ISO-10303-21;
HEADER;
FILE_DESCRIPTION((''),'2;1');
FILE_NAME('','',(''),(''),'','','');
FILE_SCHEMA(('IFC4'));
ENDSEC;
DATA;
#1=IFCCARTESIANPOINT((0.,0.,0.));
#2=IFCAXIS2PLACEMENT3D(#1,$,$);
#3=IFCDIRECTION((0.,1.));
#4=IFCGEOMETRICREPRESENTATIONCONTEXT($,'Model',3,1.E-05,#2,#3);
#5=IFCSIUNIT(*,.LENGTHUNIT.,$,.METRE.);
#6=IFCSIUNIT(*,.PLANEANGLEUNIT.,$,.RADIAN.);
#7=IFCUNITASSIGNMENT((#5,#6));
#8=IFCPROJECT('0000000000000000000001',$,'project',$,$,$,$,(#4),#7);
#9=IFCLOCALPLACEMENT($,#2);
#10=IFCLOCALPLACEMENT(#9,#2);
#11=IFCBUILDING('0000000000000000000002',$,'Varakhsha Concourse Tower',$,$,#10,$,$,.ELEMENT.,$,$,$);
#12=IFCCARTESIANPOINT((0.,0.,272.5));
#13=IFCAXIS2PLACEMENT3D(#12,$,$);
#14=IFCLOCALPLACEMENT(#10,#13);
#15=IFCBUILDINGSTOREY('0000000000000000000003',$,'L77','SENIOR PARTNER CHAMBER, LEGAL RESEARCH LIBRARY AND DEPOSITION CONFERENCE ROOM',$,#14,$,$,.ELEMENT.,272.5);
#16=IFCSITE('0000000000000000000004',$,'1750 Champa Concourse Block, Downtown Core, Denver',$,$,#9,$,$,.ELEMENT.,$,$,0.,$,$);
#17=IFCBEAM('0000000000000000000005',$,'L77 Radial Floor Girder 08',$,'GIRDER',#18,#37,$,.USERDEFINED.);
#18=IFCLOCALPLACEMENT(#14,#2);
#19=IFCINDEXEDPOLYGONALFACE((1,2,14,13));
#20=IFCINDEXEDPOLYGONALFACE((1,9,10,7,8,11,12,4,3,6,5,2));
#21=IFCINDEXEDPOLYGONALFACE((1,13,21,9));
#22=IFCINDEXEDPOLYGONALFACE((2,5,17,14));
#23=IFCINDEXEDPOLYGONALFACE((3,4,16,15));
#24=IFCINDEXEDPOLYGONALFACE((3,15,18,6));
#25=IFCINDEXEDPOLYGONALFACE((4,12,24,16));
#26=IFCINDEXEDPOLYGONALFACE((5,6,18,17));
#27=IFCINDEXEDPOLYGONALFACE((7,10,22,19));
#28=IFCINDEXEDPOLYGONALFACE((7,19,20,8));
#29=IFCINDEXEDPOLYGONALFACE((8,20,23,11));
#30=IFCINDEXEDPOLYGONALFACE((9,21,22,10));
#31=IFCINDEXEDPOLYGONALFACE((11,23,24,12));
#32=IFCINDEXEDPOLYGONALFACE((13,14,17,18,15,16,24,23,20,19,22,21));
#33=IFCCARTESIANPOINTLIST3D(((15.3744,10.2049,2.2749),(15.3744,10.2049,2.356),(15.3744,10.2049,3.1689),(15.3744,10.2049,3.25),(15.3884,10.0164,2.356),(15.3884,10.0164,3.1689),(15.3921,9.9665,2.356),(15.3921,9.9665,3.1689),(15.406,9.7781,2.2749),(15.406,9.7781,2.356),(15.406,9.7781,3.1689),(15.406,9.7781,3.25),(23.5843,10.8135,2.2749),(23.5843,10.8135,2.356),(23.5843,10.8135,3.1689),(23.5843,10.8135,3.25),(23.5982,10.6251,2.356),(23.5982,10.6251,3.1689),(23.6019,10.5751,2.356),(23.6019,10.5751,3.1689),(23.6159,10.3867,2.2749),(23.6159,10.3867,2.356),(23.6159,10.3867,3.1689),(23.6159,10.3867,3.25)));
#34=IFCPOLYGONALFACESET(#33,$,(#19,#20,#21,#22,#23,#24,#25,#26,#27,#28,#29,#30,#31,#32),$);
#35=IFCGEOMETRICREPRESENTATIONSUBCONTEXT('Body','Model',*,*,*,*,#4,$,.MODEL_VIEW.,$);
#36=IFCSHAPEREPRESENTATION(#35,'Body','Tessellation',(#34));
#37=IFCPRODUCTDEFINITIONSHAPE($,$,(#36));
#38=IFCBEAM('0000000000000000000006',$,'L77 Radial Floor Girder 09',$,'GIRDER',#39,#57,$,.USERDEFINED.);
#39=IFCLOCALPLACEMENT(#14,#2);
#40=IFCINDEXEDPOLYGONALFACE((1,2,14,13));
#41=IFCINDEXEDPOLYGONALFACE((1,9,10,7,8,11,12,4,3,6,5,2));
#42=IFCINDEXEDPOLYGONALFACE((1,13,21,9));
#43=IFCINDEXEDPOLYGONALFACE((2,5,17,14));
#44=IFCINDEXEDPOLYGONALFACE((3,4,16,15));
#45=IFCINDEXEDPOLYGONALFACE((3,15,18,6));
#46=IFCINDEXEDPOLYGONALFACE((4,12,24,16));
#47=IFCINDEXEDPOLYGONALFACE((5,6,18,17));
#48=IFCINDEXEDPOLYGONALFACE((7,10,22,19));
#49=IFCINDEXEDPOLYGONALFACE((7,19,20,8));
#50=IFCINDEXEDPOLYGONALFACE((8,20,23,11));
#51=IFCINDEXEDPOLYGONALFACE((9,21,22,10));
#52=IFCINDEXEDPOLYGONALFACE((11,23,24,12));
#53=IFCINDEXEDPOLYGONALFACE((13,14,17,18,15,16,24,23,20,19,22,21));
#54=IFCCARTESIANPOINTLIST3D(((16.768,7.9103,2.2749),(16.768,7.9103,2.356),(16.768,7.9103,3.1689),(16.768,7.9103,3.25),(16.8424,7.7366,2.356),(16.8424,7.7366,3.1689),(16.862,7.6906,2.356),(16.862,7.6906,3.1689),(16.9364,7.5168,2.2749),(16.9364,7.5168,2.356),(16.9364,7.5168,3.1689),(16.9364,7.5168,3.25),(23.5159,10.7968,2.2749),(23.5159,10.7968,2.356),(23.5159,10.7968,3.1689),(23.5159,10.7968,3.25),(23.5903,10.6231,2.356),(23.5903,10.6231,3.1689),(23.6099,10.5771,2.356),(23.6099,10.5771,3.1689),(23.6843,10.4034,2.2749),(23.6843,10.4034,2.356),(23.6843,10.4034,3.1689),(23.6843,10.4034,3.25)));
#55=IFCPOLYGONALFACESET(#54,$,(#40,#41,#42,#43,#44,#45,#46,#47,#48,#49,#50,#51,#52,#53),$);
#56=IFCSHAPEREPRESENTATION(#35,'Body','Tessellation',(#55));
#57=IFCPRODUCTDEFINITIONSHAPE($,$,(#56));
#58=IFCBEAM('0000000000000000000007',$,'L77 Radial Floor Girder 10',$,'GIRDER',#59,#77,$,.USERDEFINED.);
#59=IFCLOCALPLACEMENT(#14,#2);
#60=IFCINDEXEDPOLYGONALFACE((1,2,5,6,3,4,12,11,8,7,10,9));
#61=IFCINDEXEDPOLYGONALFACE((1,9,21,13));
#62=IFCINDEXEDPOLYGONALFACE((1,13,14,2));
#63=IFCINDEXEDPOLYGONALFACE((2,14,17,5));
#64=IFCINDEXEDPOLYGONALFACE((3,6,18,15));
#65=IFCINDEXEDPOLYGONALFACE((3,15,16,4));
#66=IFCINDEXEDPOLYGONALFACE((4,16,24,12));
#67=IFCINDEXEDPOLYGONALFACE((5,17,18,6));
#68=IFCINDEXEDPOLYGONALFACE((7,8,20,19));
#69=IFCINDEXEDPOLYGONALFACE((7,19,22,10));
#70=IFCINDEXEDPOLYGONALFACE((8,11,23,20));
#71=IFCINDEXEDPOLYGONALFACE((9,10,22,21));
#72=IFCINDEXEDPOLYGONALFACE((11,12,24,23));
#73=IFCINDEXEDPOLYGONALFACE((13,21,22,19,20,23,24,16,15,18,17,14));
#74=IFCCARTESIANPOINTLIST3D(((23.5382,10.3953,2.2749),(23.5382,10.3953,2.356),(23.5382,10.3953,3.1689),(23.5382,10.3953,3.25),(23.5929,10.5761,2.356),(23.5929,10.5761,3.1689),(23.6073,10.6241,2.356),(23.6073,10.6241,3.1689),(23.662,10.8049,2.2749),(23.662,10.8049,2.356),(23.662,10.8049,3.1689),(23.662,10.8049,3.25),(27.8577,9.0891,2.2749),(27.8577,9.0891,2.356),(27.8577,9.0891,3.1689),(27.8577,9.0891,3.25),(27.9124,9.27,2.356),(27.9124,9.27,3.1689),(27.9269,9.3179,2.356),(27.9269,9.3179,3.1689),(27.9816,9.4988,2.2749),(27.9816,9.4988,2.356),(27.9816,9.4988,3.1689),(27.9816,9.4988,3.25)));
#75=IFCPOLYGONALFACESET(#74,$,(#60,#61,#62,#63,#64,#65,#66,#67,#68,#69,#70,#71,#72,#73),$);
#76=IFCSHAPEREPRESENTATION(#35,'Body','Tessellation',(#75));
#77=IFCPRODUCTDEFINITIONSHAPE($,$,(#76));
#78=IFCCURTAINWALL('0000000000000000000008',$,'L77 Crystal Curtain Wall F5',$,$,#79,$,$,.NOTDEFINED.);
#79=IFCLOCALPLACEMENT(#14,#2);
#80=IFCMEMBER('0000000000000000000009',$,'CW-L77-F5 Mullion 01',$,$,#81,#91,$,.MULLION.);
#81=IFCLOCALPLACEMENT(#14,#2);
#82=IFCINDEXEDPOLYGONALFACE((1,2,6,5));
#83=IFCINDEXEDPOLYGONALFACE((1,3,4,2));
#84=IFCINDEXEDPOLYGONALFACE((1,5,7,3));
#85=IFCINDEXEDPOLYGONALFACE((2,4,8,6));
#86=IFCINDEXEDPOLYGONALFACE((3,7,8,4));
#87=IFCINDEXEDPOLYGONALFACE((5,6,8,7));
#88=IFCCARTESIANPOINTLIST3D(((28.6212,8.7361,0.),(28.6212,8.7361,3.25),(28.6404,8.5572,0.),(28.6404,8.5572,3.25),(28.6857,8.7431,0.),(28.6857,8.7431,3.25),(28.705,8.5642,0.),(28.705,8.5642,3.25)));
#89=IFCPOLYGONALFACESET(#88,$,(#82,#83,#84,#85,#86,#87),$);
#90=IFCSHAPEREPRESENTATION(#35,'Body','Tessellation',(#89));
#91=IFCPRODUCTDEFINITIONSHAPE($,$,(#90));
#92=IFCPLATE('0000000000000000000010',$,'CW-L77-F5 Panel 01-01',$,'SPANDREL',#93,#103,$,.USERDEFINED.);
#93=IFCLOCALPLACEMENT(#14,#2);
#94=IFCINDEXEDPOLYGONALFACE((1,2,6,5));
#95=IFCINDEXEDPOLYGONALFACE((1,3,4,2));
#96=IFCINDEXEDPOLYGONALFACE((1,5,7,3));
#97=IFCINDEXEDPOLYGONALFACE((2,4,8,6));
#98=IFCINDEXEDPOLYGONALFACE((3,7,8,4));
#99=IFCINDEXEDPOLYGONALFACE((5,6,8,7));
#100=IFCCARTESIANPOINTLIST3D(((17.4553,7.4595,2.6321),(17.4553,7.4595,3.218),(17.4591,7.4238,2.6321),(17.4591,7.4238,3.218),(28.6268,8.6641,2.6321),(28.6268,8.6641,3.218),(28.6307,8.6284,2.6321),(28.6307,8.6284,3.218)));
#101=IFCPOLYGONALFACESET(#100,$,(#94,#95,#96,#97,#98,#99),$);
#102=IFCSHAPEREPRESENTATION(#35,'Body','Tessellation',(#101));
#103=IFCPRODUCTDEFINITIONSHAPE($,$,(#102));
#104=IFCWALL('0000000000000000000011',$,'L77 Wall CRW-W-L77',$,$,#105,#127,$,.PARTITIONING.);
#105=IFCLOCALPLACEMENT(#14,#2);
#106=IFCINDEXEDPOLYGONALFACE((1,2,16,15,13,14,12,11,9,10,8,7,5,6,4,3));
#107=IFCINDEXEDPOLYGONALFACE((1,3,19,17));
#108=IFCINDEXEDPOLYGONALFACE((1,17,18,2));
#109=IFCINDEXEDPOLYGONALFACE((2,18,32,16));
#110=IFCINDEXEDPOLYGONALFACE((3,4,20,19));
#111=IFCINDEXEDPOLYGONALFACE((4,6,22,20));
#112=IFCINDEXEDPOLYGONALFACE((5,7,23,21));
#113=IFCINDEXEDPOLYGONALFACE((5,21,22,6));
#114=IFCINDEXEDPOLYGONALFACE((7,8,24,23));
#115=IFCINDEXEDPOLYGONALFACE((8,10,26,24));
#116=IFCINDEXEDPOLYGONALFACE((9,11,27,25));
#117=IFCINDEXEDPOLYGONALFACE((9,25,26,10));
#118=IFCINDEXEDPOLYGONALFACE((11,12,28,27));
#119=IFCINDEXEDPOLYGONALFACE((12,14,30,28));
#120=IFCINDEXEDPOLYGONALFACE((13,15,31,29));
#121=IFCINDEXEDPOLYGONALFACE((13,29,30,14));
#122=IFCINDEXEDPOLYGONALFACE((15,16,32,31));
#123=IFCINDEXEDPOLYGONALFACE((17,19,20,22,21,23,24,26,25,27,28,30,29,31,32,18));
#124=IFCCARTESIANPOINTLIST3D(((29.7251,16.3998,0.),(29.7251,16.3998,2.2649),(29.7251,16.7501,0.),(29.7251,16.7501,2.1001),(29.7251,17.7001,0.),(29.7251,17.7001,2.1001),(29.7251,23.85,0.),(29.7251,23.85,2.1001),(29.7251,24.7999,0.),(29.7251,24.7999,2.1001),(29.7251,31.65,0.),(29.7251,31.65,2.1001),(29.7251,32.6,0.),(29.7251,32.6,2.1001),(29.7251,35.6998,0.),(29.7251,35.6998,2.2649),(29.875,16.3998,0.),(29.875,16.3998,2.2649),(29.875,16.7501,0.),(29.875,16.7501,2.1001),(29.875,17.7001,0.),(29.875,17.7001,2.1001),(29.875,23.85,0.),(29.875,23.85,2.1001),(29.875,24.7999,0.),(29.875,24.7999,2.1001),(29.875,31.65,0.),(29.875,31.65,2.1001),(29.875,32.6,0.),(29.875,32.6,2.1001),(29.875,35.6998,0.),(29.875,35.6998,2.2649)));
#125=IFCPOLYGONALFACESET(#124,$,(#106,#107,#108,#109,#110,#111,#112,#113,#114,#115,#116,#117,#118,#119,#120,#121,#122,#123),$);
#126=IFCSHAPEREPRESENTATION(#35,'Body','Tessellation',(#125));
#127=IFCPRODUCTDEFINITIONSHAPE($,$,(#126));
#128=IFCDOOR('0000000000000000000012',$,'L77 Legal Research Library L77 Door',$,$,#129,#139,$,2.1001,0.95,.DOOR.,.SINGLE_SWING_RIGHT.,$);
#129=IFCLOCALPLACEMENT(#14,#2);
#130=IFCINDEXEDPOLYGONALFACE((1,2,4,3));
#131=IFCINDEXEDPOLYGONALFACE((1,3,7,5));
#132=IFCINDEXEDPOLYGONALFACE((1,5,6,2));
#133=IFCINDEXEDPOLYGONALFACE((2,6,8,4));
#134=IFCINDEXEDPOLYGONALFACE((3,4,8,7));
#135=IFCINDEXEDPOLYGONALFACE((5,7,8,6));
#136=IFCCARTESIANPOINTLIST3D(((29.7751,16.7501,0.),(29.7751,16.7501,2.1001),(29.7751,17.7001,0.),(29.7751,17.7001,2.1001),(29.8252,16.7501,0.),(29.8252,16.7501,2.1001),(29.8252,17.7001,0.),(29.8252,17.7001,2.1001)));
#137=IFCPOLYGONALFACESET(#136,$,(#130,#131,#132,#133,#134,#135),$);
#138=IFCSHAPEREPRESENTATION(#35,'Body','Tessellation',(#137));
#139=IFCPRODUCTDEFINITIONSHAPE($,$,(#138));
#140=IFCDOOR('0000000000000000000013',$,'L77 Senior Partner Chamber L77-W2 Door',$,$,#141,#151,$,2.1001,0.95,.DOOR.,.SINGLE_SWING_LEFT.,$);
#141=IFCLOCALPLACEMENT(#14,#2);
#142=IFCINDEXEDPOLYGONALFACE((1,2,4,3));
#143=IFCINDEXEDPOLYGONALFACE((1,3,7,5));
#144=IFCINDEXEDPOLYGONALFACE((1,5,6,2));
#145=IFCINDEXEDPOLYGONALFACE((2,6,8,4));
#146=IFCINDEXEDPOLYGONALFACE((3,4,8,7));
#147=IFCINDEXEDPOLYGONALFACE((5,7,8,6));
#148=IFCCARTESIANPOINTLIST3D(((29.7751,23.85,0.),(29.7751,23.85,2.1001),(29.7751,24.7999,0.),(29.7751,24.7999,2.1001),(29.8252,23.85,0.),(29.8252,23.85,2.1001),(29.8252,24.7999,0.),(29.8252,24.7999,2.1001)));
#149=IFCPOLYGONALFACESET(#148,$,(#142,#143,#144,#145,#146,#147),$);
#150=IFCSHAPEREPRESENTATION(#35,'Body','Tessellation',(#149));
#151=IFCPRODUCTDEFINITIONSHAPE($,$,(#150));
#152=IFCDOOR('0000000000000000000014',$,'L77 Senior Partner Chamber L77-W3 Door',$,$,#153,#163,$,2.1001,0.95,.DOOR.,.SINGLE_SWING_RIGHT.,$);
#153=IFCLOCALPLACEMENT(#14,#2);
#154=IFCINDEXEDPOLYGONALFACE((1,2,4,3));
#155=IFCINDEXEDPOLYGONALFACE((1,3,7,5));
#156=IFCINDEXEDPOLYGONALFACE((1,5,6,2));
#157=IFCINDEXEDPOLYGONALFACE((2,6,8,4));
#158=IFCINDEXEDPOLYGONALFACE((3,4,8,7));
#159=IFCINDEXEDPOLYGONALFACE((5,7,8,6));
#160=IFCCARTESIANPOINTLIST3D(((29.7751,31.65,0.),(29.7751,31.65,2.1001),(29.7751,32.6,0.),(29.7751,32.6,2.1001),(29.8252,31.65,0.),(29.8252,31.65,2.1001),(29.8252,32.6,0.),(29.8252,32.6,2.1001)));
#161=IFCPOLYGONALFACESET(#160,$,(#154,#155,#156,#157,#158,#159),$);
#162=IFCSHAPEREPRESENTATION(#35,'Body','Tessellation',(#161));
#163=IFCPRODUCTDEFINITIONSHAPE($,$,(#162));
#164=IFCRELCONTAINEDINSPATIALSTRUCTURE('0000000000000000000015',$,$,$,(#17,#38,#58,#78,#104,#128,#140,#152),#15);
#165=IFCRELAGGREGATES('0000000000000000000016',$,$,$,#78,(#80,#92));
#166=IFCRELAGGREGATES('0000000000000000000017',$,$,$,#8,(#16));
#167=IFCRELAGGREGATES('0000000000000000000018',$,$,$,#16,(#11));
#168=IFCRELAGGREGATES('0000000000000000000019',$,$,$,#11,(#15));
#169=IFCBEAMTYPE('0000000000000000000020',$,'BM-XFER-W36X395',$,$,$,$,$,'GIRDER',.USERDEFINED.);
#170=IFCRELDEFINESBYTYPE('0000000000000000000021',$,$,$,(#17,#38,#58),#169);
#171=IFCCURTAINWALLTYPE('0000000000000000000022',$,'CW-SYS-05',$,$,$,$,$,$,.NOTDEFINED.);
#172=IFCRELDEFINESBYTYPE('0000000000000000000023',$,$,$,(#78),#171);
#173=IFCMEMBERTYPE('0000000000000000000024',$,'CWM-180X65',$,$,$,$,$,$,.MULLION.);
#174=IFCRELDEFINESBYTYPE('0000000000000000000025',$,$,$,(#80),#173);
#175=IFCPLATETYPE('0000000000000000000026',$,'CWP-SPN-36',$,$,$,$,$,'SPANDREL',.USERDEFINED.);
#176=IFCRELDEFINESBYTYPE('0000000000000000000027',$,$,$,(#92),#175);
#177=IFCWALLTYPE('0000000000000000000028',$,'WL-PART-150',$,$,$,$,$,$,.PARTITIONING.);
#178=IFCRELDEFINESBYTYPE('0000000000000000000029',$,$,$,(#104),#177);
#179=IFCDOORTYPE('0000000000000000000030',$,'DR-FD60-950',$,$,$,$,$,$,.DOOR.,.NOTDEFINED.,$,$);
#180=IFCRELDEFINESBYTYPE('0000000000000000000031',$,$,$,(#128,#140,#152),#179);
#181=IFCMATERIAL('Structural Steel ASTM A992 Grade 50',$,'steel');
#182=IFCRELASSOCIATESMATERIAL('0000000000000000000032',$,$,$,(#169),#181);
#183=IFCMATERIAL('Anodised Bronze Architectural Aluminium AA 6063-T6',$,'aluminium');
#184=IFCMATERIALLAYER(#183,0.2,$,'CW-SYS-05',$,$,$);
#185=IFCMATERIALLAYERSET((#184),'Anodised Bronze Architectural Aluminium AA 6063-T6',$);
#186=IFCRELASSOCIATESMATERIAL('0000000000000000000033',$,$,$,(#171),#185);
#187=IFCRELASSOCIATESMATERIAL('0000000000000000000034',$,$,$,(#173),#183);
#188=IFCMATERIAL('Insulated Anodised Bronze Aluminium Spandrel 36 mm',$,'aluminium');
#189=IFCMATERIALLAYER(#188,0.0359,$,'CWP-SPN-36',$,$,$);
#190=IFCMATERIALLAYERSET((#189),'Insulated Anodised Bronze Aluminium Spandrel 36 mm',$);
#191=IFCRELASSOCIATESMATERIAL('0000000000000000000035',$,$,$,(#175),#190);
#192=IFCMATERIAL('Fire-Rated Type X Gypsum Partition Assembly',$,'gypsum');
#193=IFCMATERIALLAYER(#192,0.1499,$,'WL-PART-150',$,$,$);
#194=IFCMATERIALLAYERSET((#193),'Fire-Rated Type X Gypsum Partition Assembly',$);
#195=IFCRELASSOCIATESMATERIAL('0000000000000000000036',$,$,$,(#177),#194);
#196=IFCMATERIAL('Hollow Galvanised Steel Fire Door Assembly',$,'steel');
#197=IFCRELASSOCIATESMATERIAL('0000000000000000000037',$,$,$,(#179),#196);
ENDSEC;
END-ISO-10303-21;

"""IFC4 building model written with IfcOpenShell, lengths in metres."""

from ifc_helpers import new_model, si_unit, direction, frame, frame_2d, origin, origin_2d, place, context, subcontext, project, spatial, rectangle, i_section, extrude, source, transform, mapped, material, layer, layer_set, material_profile, profile_set, type_object, type_shapes, element, fill, aggregate, save


model = new_model("IFC4")

# Units and contexts
model_context = context("Model", 3, precision=1e-05, world=origin(), true_north=direction((0.0, 1.0)))
body_context = subcontext(model_context, "Body", "Model", "MODEL_VIEW")
ifc_project = project(units=[si_unit("LENGTHUNIT", "METRE"), si_unit("PLANEANGLEUNIT", "RADIAN")], contexts=[model_context])

# Site, building, storey
site_placement = place(None, origin())
site = spatial("IfcSite", under=ifc_project, at=site_placement, Name="1750 Champa Concourse Block, Downtown Core, Denver", CompositionType="ELEMENT", RefElevation=0.0)
building_placement = place(site_placement, origin())
building = spatial("IfcBuilding", under=site, at=building_placement, Name="Varakhsha Concourse Tower", CompositionType="ELEMENT")
storey_placement = place(building_placement, frame((0.0, 0.0, 272.5)))
storey = spatial("IfcBuildingStorey", under=building, at=storey_placement, Name="L77", Description="SENIOR PARTNER CHAMBER, LEGAL RESEARCH LIBRARY AND DEPOSITION CONFERENCE ROOM", CompositionType="ELEMENT", Elevation=272.5)

# Shared definitions
ifc_material_1 = material(Name="Structural Steel ASTM A992 Grade 50", Category="steel")

# Beams
ifc_material_profile_1 = material_profile(ifc_material_1, i_section(OverallWidth=0.428, OverallDepth=0.9751, WebThickness=0.05, FlangeThickness=0.0811, at=origin_2d()), Name="W36X395")
ifc_profile_set_1 = profile_set([ifc_material_profile_1], Name="Structural Steel ASTM A992 Grade 50")
beam_type_1 = type_object("IfcBeamType", Name="BM-XFER-W36X395", ElementType="GIRDER", PredefinedType="USERDEFINED", material=ifc_profile_set_1)
beam_1_placement = place(storey_placement, frame((23.6001, 10.6001, 2.7625), z_axis=(-0.997263, -0.073932, 0.0), x_axis=(0.073932, -0.997263, 0.0)))
element("IfcBeam", 1, at=beam_1_placement, inside=storey, type_object=beam_type_1, Name="L77 Radial Floor Girder 08", ObjectType="GIRDER", PredefinedType="USERDEFINED", context=body_context, shape_type="SweptSolid", body=[
    extrude(i_section(OverallWidth=0.428, OverallDepth=0.9751, WebThickness=0.05, FlangeThickness=0.0811, at=origin_2d()), origin(), (0.0, 0.0, 1.0), 8.2324),
])
beam_2_placement = place(storey_placement, frame((23.6001, 10.6001, 2.7625), z_axis=(-0.919413, -0.393293, 0.0), x_axis=(0.393293, -0.919413, 0.0)))
element("IfcBeam", 2, at=beam_2_placement, inside=storey, type_object=beam_type_1, Name="L77 Radial Floor Girder 09", ObjectType="GIRDER", PredefinedType="USERDEFINED", context=body_context, shape_type="SweptSolid", body=[
    extrude(i_section(OverallWidth=0.428, OverallDepth=0.9751, WebThickness=0.05, FlangeThickness=0.0811, at=origin_2d()), origin(), (0.0, 0.0, 1.0), 7.3394),
])
beam_3_placement = place(storey_placement, frame((23.6001, 10.6001, 2.7625), z_axis=(0.957197, -0.289437, 0.0), x_axis=(0.289437, 0.957197, 0.0)))
element("IfcBeam", 3, at=beam_3_placement, inside=storey, type_object=beam_type_1, Name="L77 Radial Floor Girder 10", ObjectType="GIRDER", PredefinedType="USERDEFINED", context=body_context, shape_type="SweptSolid", body=[
    extrude(i_section(OverallWidth=0.428, OverallDepth=0.9751, WebThickness=0.05, FlangeThickness=0.0811, at=origin_2d()), origin(), (0.0, 0.0, 1.0), 4.5127),
])

# Curtain wall, member, plate
ifc_material_2 = material(Name="Anodised Bronze Architectural Aluminium AA 6063-T6", Category="aluminium")
ifc_layer_1 = layer(ifc_material_2, 0.2, Name="CW-SYS-05")
ifc_layer_set_1 = layer_set([ifc_layer_1], Name="Anodised Bronze Architectural Aluminium AA 6063-T6")
curtain_wall_type = type_object("IfcCurtainWallType", Name="CW-SYS-05", PredefinedType="NOTDEFINED", material=ifc_layer_set_1)
curtain_wall_placement = place(storey_placement, origin())
curtain_wall = element("IfcCurtainWall", 4, at=curtain_wall_placement, inside=storey, type_object=curtain_wall_type, Name="L77 Crystal Curtain Wall F5", PredefinedType="NOTDEFINED")
ifc_material_profile_2 = material_profile(ifc_material_2, rectangle(XDim=0.0649, YDim=0.1799, at=origin_2d()), Name="CWM-180X65")
ifc_profile_set_2 = profile_set([ifc_material_profile_2], Name="Anodised Bronze Architectural Aluminium AA 6063-T6")
member_type = type_object("IfcMemberType", Name="CWM-180X65", PredefinedType="MULLION", material=ifc_profile_set_2)
shared_shape_1 = source(origin(), body_context, "Body", "SweptSolid", [
    extrude(rectangle(XDim=0.0649, YDim=0.1799, at=origin_2d()), origin(), (0.0, 0.0, 1.0), 3.25),
])
type_shapes(member_type, [shared_shape_1])
member_placement = place(storey_placement, frame((28.6631, 8.6501, 0.0), z_axis=(0.0, 0.0, 1.0), x_axis=(-0.994236, -0.10721, 0.0)))
member = element("IfcMember", 5, at=member_placement, type_object=member_type, Name="CW-L77-F5 Mullion 01", PredefinedType="MULLION", context=body_context, shape_type="MappedRepresentation", body=[
    mapped(shared_shape_1, transform((0.0, 0.0, 0.0), scale=1.0)),
])
ifc_material_3 = material(Name="Insulated Anodised Bronze Aluminium Spandrel 36 mm", Category="aluminium")
ifc_layer_2 = layer(ifc_material_3, 0.0359, Name="CWP-SPN-36")
ifc_layer_set_2 = layer_set([ifc_layer_2], Name="Insulated Anodised Bronze Aluminium Spandrel 36 mm")
plate_type = type_object("IfcPlateType", Name="CWP-SPN-36", ElementType="SPANDREL", PredefinedType="USERDEFINED", material=ifc_layer_set_2)
shared_shape_2 = source(origin(), body_context, "Body", "SweptSolid", [
    extrude(rectangle(XDim=11.2363, YDim=0.0359, at=origin_2d()), origin(), (0.0, 0.0, 1.0), 0.5859),
])
type_shapes(plate_type, [shared_shape_2])
plate_placement = place(storey_placement, frame((23.043, 8.0439, 2.6321), z_axis=(0.0, 0.0, 1.0), x_axis=(-0.994236, -0.10721, 0.0)))
plate = element("IfcPlate", 6, at=plate_placement, type_object=plate_type, Name="CW-L77-F5 Panel 01-01", ObjectType="SPANDREL", PredefinedType="USERDEFINED", context=body_context, shape_type="MappedRepresentation", body=[
    mapped(shared_shape_2, transform((0.0, 0.0, 0.0), scale=1.0)),
])
aggregate(curtain_wall, [member, plate])

# Wall, openings, doors
ifc_material_4 = material(Name="Fire-Rated Type X Gypsum Partition Assembly", Category="gypsum")
ifc_layer_3 = layer(ifc_material_4, 0.1499, Name="WL-PART-150")
ifc_layer_set_3 = layer_set([ifc_layer_3], Name="Fire-Rated Type X Gypsum Partition Assembly")
wall_type = type_object("IfcWallType", Name="WL-PART-150", PredefinedType="PARTITIONING", material=ifc_layer_set_3)
wall_1_placement = place(storey_placement, frame((29.8, 16.3999, 0.0), z_axis=(0.0, 0.0, 1.0), x_axis=(0.0, 1.0, 0.0)))
wall_1 = element("IfcWall", 7, at=wall_1_placement, inside=storey, type_object=wall_type, Name="L77 Wall CRW-W-L77", PredefinedType="PARTITIONING", context=body_context, shape_type="SweptSolid", body=[
    extrude(rectangle(XDim=19.3, YDim=0.1499, at=frame_2d((9.6499, 0.0))), origin(), (0.0, 0.0, 1.0), 2.2649),
])
opening_1_placement = place(wall_1_placement, frame((0.3501, 0.0, 0.0)))
opening_1 = element("IfcOpeningElement", 8, at=opening_1_placement, cuts=wall_1, PredefinedType="OPENING", context=body_context, shape_type="SweptSolid", body=[
    extrude(rectangle(XDim=0.95, YDim=2.1001, at=frame_2d((0.4751, 1.05))), frame((0.0, 0.085, 0.0), z_axis=(0.0, -1.0, 0.0), x_axis=(1.0, 0.0, 0.0)), (0.0, 0.0, 1.0), 0.1699),
])
opening_2_placement = place(wall_1_placement, frame((7.45, 0.0, 0.0)))
opening_2 = element("IfcOpeningElement", 9, at=opening_2_placement, cuts=wall_1, PredefinedType="OPENING", context=body_context, shape_type="SweptSolid", body=[
    extrude(rectangle(XDim=0.95, YDim=2.1001, at=frame_2d((0.4751, 1.05))), frame((0.0, 0.085, 0.0), z_axis=(0.0, -1.0, 0.0), x_axis=(1.0, 0.0, 0.0)), (0.0, 0.0, 1.0), 0.1699),
])
opening_3_placement = place(wall_1_placement, frame((15.25, 0.0, 0.0)))
opening_3 = element("IfcOpeningElement", 10, at=opening_3_placement, cuts=wall_1, PredefinedType="OPENING", context=body_context, shape_type="SweptSolid", body=[
    extrude(rectangle(XDim=0.95, YDim=2.1001, at=frame_2d((0.4751, 1.05))), frame((0.0, 0.085, 0.0), z_axis=(0.0, -1.0, 0.0), x_axis=(1.0, 0.0, 0.0)), (0.0, 0.0, 1.0), 0.1699),
])
ifc_material_5 = material(Name="Hollow Galvanised Steel Fire Door Assembly", Category="steel")
door_type = type_object("IfcDoorType", Name="DR-FD60-950", OperationType="NOTDEFINED", PredefinedType="DOOR", material=ifc_material_5)
door_1_placement = place(opening_1_placement, origin())
door_1 = element("IfcDoor", 11, at=door_1_placement, inside=storey, type_object=door_type, Name="L77 Legal Research Library L77 Door", OperationType="SINGLE_SWING_RIGHT", OverallHeight=2.1001, OverallWidth=0.95, PredefinedType="DOOR", context=body_context, shape_type="SweptSolid", body=[
    extrude(rectangle(XDim=0.95, YDim=2.1001, at=frame_2d((0.4751, 1.05))), frame((0.0, 0.0249, 0.0), z_axis=(0.0, -1.0, 0.0), x_axis=(1.0, 0.0, 0.0)), (0.0, 0.0, 1.0), 0.05),
])
fill(opening_1, door_1)
door_2_placement = place(opening_2_placement, origin())
door_2 = element("IfcDoor", 12, at=door_2_placement, inside=storey, type_object=door_type, Name="L77 Senior Partner Chamber L77-W2 Door", OperationType="SINGLE_SWING_LEFT", OverallHeight=2.1001, OverallWidth=0.95, PredefinedType="DOOR", context=body_context, shape_type="SweptSolid", body=[
    extrude(rectangle(XDim=0.95, YDim=2.1001, at=frame_2d((0.4751, 1.05))), frame((0.0, 0.0249, 0.0), z_axis=(0.0, -1.0, 0.0), x_axis=(1.0, 0.0, 0.0)), (0.0, 0.0, 1.0), 0.05),
])
fill(opening_2, door_2)
door_3_placement = place(opening_3_placement, origin())
door_3 = element("IfcDoor", 13, at=door_3_placement, inside=storey, type_object=door_type, Name="L77 Senior Partner Chamber L77-W3 Door", OperationType="SINGLE_SWING_RIGHT", OverallHeight=2.1001, OverallWidth=0.95, PredefinedType="DOOR", context=body_context, shape_type="SweptSolid", body=[
    extrude(rectangle(XDim=0.95, YDim=2.1001, at=frame_2d((0.4751, 1.05))), frame((0.0, 0.0249, 0.0), z_axis=(0.0, -1.0, 0.0), x_axis=(1.0, 0.0, 0.0)), (0.0, 0.0, 1.0), 0.05),
])
fill(opening_3, door_3)

save(model, "model.ifc")
